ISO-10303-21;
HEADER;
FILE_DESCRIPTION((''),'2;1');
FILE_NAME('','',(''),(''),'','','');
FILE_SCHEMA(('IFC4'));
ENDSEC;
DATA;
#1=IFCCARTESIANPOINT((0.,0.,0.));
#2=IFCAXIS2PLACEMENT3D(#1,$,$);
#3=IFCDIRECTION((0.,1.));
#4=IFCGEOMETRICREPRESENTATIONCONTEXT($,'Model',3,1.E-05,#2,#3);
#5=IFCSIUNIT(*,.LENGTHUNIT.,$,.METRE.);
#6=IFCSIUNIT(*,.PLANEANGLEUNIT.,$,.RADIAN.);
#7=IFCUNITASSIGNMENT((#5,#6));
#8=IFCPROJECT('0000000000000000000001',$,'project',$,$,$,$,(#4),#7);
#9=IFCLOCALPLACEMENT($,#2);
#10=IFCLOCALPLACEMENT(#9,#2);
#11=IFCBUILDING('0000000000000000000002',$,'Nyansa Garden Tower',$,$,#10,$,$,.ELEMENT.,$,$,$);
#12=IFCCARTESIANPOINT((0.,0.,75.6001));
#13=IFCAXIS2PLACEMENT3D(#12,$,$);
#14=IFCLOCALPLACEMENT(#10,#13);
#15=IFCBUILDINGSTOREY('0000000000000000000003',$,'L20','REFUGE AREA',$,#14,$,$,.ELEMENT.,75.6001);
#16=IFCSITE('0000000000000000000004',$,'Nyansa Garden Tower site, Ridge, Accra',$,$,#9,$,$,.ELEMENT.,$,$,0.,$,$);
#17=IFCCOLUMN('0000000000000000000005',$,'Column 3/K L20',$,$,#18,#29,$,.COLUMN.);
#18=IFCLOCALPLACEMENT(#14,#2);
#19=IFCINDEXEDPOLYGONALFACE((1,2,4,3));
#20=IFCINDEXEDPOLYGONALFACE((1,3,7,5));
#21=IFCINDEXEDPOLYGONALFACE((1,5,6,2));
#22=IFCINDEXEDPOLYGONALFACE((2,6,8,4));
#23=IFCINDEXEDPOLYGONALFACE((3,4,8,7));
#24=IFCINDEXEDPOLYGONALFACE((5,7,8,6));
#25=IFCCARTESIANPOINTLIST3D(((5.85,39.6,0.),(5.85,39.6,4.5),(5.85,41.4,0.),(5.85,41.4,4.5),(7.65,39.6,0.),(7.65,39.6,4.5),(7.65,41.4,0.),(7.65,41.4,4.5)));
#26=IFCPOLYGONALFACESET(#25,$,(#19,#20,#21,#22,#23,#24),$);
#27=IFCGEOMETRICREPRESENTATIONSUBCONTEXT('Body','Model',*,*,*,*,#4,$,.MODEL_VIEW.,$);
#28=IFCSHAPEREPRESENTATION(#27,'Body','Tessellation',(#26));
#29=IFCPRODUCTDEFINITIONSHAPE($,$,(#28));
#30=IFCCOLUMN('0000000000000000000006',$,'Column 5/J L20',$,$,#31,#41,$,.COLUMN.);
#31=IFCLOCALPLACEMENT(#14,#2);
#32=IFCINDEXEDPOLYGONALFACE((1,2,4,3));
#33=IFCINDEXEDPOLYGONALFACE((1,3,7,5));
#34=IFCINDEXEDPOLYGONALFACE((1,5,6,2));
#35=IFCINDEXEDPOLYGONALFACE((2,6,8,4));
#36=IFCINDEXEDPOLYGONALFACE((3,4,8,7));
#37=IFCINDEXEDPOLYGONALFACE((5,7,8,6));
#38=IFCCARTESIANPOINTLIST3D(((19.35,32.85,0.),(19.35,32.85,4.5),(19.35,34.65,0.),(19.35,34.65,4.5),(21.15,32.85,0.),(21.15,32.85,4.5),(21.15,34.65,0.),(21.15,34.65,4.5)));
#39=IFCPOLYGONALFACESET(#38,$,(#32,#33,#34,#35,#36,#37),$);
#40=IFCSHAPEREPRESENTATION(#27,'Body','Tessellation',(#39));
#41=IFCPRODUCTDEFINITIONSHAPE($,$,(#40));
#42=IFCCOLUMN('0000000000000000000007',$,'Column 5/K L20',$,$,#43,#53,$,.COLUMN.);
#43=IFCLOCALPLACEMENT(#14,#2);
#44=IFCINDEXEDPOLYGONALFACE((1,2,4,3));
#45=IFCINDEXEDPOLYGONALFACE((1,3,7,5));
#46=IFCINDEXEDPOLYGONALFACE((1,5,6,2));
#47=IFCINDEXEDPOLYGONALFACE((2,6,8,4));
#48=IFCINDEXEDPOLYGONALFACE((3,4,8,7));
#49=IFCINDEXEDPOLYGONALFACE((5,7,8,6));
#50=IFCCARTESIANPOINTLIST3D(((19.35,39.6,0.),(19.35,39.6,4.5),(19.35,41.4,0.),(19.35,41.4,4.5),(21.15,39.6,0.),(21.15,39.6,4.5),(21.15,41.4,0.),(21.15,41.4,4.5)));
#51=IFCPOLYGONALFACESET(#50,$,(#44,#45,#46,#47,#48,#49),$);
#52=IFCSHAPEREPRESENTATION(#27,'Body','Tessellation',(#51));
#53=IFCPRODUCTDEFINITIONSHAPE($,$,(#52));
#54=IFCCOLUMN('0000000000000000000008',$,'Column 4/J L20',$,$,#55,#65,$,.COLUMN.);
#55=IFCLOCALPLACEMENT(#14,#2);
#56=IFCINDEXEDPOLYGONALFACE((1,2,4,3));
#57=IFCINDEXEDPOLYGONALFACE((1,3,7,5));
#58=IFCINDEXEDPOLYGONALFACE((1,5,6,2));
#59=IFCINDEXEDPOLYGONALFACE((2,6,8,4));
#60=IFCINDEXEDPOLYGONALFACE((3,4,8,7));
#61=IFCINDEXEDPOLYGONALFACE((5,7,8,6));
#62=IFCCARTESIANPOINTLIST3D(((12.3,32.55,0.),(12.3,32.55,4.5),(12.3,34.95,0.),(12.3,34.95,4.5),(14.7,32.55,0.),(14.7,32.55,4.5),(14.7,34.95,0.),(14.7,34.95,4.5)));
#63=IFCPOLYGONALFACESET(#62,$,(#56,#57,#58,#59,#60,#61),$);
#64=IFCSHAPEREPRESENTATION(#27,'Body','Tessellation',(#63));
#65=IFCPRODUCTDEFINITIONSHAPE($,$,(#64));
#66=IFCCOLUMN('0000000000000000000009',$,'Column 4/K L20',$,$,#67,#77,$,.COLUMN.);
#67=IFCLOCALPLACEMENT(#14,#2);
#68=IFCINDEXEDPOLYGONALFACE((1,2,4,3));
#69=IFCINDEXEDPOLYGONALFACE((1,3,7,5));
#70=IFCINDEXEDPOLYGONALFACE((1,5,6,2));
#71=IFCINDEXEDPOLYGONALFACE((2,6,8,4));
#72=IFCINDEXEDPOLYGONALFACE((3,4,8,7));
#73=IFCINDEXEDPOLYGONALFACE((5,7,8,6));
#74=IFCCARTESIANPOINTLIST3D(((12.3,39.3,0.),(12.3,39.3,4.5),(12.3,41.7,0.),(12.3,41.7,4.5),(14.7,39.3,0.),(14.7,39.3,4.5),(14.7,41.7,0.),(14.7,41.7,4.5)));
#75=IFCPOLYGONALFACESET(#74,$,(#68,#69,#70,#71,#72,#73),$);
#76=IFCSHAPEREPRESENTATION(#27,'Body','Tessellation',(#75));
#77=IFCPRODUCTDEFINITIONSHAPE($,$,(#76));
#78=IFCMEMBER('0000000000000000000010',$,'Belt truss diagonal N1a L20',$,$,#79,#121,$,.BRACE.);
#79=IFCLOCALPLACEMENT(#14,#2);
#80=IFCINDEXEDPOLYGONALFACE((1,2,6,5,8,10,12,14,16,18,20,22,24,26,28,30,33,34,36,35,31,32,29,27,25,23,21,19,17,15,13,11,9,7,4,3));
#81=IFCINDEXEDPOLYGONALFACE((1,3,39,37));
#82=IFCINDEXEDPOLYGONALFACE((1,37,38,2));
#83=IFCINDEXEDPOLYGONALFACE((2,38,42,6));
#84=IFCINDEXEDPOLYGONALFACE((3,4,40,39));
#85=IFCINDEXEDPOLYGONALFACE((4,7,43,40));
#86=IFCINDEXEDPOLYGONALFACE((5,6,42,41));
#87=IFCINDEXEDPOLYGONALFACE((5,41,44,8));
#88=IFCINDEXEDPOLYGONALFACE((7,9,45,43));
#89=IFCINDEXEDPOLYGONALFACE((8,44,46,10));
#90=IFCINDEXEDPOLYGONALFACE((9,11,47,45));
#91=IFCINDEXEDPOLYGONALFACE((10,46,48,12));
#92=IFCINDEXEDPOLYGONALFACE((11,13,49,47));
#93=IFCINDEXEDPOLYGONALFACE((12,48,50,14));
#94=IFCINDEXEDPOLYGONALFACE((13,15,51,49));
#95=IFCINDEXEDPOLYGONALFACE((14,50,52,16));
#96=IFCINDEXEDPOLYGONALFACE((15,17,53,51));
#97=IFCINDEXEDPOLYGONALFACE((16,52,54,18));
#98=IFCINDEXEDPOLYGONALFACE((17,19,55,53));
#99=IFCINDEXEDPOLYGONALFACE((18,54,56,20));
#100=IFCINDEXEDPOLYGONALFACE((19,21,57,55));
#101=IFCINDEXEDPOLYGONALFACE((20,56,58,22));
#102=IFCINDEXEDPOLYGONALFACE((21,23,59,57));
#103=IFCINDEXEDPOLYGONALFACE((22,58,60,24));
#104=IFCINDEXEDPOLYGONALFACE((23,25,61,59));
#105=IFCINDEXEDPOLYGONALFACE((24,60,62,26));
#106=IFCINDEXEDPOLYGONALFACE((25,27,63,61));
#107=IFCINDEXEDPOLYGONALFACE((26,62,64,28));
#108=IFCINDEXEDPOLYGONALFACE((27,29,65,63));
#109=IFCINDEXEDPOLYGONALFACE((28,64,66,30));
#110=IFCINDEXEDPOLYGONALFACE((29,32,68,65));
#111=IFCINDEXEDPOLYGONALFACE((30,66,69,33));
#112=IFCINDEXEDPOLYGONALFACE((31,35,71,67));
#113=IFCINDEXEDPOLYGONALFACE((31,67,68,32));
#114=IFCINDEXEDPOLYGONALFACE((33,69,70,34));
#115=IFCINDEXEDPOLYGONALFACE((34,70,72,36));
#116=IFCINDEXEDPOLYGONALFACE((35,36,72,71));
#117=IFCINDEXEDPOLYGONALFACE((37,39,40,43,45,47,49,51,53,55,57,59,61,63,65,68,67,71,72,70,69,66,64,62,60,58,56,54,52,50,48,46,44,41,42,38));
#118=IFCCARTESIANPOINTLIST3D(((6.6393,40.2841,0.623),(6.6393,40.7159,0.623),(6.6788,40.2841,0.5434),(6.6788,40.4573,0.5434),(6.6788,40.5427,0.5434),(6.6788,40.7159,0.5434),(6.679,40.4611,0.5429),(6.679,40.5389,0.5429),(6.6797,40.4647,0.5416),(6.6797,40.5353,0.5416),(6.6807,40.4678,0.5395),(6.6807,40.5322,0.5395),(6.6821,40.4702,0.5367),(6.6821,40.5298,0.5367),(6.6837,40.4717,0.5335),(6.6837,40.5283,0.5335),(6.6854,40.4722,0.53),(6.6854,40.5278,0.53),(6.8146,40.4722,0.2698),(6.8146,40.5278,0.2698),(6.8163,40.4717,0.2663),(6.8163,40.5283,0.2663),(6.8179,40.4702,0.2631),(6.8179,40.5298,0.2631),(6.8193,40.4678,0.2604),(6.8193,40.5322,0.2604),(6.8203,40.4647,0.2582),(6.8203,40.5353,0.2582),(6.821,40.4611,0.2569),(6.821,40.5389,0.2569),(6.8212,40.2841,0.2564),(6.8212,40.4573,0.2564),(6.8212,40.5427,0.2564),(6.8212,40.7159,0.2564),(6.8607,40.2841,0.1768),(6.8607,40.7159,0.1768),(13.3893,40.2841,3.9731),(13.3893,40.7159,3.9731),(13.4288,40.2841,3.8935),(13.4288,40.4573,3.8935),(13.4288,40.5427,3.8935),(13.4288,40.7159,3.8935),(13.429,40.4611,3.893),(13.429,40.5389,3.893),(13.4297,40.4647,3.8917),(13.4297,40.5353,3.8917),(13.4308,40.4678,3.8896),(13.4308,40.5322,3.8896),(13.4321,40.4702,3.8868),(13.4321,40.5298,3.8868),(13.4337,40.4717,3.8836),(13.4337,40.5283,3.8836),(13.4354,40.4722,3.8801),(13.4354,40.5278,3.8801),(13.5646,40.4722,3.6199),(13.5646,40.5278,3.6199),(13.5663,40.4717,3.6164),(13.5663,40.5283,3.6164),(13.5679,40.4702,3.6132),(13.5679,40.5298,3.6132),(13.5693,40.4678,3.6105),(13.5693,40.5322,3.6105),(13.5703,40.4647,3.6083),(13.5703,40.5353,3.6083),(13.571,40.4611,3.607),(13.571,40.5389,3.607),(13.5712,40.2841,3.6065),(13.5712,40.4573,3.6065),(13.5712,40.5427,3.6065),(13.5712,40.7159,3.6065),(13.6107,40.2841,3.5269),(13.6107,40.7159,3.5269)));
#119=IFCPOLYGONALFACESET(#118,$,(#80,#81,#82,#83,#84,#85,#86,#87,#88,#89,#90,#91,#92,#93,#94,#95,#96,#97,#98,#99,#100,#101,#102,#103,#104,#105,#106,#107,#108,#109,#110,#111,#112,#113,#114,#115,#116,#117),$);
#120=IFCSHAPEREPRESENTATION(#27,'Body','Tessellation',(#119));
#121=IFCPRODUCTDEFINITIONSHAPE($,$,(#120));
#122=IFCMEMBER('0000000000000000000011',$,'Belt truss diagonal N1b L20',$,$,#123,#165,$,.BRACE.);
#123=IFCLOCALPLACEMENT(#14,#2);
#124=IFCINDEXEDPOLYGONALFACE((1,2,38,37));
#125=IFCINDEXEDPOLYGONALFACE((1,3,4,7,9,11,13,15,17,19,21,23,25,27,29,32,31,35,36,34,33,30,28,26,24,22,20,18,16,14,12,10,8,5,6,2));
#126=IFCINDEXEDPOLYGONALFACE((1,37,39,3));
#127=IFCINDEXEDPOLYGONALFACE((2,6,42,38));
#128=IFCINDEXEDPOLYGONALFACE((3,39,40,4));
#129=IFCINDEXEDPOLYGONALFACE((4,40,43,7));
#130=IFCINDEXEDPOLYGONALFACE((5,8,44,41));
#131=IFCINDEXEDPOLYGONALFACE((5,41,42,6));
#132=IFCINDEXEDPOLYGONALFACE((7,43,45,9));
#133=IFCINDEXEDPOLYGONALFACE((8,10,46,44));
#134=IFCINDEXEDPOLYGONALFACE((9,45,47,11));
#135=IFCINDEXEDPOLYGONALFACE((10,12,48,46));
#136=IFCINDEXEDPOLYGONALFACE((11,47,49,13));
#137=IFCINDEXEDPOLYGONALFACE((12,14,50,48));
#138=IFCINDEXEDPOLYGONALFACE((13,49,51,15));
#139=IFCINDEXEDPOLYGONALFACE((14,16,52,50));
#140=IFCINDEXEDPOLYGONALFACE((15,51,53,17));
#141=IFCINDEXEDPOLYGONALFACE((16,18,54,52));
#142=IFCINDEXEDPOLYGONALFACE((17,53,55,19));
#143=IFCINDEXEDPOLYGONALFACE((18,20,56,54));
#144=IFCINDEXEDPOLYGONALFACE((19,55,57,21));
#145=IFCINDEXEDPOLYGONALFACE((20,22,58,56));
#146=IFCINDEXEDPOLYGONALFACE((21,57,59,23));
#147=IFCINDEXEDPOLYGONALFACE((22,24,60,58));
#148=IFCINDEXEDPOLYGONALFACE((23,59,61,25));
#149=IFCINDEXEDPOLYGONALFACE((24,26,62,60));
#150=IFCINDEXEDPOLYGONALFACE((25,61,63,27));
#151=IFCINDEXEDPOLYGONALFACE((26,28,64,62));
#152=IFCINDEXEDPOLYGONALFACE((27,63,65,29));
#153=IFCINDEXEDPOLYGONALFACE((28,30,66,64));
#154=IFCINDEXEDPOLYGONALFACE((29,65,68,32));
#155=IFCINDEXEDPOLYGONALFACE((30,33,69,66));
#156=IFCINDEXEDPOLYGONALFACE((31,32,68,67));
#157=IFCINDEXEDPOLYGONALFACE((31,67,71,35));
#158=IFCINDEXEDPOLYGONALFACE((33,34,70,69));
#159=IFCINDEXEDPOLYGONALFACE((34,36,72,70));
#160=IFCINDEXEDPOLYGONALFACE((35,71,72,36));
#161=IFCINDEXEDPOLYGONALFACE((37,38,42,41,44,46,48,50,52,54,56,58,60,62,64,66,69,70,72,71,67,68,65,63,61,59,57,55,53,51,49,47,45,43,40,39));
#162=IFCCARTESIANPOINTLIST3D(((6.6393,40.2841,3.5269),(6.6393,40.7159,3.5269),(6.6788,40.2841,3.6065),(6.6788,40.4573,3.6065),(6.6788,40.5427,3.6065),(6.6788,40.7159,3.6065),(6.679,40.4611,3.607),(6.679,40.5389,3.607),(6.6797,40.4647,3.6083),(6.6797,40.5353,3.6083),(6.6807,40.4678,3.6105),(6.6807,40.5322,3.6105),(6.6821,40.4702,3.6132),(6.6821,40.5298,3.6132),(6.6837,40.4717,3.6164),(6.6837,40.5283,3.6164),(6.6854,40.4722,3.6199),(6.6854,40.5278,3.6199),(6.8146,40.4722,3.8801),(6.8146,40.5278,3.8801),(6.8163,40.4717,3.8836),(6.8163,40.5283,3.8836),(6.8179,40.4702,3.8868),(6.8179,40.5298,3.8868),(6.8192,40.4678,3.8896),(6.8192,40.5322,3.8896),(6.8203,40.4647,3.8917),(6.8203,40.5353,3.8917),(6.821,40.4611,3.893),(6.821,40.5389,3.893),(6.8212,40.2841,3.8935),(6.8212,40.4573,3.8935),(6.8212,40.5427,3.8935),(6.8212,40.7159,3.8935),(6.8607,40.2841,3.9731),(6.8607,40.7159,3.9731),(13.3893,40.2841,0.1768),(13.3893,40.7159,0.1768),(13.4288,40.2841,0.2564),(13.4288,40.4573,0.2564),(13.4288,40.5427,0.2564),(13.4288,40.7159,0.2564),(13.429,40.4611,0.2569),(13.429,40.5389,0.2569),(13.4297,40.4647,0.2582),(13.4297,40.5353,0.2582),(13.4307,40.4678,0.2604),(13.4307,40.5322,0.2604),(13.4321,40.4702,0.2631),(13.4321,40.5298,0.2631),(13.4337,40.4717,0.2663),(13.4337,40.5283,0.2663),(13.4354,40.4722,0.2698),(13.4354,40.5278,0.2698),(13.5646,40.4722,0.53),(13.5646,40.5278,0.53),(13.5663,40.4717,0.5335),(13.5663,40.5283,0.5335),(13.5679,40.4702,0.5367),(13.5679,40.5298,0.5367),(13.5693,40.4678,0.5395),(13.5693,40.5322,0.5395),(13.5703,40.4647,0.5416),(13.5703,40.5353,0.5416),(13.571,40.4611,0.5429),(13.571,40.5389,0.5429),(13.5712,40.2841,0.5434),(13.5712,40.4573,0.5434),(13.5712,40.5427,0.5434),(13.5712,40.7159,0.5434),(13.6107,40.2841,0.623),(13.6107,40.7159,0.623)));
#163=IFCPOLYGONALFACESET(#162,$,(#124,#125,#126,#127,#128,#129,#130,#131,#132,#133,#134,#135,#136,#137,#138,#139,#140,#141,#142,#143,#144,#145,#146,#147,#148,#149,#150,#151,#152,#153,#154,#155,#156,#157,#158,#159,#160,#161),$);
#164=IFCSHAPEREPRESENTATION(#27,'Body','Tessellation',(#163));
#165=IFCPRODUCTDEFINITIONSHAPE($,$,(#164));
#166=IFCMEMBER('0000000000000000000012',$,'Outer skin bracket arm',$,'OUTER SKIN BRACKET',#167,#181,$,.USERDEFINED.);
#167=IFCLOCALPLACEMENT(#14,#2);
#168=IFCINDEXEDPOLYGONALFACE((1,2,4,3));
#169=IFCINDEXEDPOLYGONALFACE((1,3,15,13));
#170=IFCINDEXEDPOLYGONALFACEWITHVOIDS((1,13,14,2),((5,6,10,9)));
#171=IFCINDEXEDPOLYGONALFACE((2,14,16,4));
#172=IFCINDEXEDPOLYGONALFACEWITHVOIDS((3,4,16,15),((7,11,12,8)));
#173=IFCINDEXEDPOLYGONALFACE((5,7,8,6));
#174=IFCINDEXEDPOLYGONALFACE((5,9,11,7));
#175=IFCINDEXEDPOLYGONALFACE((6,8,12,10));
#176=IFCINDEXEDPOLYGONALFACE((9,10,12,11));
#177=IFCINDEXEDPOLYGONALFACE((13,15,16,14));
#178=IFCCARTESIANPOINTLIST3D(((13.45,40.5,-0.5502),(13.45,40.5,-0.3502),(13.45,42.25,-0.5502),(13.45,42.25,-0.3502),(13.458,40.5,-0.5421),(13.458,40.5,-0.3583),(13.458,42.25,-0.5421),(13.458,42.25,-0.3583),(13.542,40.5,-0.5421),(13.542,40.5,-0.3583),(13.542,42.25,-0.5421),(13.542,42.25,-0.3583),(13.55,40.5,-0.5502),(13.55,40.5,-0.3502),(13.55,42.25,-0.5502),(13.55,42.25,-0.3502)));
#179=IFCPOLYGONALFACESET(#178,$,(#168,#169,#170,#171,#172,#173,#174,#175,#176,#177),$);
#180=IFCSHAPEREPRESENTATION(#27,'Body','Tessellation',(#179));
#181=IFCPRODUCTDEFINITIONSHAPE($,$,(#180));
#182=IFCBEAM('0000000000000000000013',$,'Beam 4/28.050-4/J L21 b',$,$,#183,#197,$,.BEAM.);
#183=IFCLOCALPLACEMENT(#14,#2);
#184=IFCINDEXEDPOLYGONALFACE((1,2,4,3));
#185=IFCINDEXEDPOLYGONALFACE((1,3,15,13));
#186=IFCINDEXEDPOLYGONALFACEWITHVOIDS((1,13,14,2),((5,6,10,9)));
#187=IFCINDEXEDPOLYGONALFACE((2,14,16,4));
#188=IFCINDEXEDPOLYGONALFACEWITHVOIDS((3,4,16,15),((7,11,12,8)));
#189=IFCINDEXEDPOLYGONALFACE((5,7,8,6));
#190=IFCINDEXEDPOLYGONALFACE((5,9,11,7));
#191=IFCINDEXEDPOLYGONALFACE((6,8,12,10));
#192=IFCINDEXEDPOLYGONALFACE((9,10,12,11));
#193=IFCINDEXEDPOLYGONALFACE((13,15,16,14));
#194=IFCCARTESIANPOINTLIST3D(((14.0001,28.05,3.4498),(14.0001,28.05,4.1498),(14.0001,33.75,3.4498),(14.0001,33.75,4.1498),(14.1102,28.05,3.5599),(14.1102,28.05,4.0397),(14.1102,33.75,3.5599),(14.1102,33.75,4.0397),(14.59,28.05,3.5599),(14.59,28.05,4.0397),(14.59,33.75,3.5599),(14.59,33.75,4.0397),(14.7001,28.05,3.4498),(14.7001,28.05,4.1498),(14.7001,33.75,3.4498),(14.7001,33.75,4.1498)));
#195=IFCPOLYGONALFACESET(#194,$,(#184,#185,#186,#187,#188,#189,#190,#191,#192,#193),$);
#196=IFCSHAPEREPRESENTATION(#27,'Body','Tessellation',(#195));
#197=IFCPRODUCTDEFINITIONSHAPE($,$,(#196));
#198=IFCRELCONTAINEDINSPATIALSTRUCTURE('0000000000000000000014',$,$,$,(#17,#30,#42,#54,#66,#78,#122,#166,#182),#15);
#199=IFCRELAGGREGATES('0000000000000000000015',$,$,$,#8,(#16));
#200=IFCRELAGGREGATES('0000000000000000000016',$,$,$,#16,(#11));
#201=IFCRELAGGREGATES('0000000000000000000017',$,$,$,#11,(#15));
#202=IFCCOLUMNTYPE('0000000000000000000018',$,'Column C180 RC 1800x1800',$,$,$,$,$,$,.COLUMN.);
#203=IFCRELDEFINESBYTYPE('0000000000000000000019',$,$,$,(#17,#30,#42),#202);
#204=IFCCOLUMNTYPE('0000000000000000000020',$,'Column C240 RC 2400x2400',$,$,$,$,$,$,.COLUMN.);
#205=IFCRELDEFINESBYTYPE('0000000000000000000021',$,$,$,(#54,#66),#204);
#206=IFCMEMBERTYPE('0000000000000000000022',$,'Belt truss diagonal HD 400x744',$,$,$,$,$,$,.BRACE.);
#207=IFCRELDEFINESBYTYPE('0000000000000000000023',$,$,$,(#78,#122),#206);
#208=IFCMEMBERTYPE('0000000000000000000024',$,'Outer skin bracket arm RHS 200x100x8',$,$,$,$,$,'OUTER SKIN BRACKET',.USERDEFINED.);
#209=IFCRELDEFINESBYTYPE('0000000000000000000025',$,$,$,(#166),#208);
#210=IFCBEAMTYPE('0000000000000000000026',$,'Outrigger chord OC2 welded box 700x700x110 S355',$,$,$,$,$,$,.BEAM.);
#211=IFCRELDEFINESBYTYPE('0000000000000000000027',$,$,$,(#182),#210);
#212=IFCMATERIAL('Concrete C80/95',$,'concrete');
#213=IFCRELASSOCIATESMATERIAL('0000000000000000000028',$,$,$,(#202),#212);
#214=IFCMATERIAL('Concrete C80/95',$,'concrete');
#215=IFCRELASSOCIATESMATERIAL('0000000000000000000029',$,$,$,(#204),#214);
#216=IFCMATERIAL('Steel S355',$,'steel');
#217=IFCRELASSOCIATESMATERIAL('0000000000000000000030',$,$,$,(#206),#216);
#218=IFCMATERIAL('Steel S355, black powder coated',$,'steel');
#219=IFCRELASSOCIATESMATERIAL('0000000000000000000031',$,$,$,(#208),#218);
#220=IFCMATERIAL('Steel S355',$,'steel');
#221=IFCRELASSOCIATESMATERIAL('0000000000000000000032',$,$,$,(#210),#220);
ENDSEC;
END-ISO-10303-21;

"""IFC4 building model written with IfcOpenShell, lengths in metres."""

from ifc_helpers import new_model, si_unit, direction, frame, origin, origin_2d, place, context, subcontext, project, spatial, rectangle, hollow_rectangle, i_section, extrude, material, material_profile, profile_set, type_object, element, save


model = new_model("IFC4")

# Units and contexts
model_context = context("Model", 3, precision=1e-05, world=origin(), true_north=direction((0.0, 1.0)))
body_context = subcontext(model_context, "Body", "Model", "MODEL_VIEW")
ifc_project = project(units=[si_unit("LENGTHUNIT", "METRE"), si_unit("PLANEANGLEUNIT", "RADIAN")], contexts=[model_context])

# Site, building, storey
site_placement = place(None, origin())
site = spatial("IfcSite", under=ifc_project, at=site_placement, Name="Nyansa Garden Tower site, Ridge, Accra", CompositionType="ELEMENT", RefElevation=0.0)
building_placement = place(site_placement, origin())
building = spatial("IfcBuilding", under=site, at=building_placement, Name="Nyansa Garden Tower", CompositionType="ELEMENT")
storey_placement = place(building_placement, frame((0.0, 0.0, 75.6001)))
storey = spatial("IfcBuildingStorey", under=building, at=storey_placement, Name="L20", Description="REFUGE AREA", CompositionType="ELEMENT", Elevation=75.6001)

# Columns
ifc_material_1 = material(Name="Concrete C80/95", Category="concrete")
ifc_material_profile_1 = material_profile(ifc_material_1, rectangle(XDim=1.8, YDim=1.8, at=origin_2d()), Name="RC 1800x1800")
ifc_profile_set_1 = profile_set([ifc_material_profile_1], Name="Concrete C80/95")
column_type_1 = type_object("IfcColumnType", Name="Column C180 RC 1800x1800", PredefinedType="COLUMN", material=ifc_profile_set_1)
for number, where, z_axis, x_axis, name in (
    (1, (6.75, 40.5, 0.0), (0.0, 0.0, 1.0), (1.0, 0.0, 0.0), "Column 3/K L20"),
    (2, (20.25, 33.75, 0.0), (0.0, 0.0, 1.0), (1.0, 0.0, 0.0), "Column 5/J L20"),
    (3, (20.25, 40.5, 0.0), (0.0, 0.0, 1.0), (1.0, 0.0, 0.0), "Column 5/K L20"),
):
    element("IfcColumn", number, at=place(storey_placement, frame(where, z_axis=z_axis, x_axis=x_axis)), inside=storey, type_object=column_type_1, Name=name, PredefinedType="COLUMN", context=body_context, shape_type="SweptSolid", body=[
        extrude(rectangle(XDim=1.8, YDim=1.8, at=origin_2d()), origin(), (0.0, 0.0, 1.0), 4.5),
    ])
ifc_material_2 = material(Name="Concrete C80/95", Category="concrete")
ifc_material_profile_2 = material_profile(ifc_material_2, rectangle(XDim=2.3999, YDim=2.3999, at=origin_2d()), Name="RC 2400x2400")
ifc_profile_set_2 = profile_set([ifc_material_profile_2], Name="Concrete C80/95")
column_type_2 = type_object("IfcColumnType", Name="Column C240 RC 2400x2400", PredefinedType="COLUMN", material=ifc_profile_set_2)
for number, where, z_axis, x_axis, name in (
    (4, (13.5, 33.75, 0.0), (0.0, 0.0, 1.0), (1.0, 0.0, 0.0), "Column 4/J L20"),
    (5, (13.5, 40.5, 0.0), (0.0, 0.0, 1.0), (1.0, 0.0, 0.0), "Column 4/K L20"),
):
    element("IfcColumn", number, at=place(storey_placement, frame(where, z_axis=z_axis, x_axis=x_axis)), inside=storey, type_object=column_type_2, Name=name, PredefinedType="COLUMN", context=body_context, shape_type="SweptSolid", body=[
        extrude(rectangle(XDim=2.3999, YDim=2.3999, at=origin_2d()), origin(), (0.0, 0.0, 1.0), 4.5),
    ])

# Members
ifc_material_3 = material(Name="Steel S355", Category="steel")
ifc_material_profile_3 = material_profile(ifc_material_3, i_section(OverallWidth=0.4319, OverallDepth=0.498, WebThickness=0.0557, FlangeThickness=0.0889, FilletRadius=0.0149, at=origin_2d()), Name="HD 400x744")
ifc_profile_set_3 = profile_set([ifc_material_profile_3], Name="Steel S355")
member_type_1 = type_object("IfcMemberType", Name="Belt truss diagonal HD 400x744", PredefinedType="BRACE", material=ifc_profile_set_3)
for number, where, z_axis, x_axis, name in (
    (6, (6.75, 40.5, 0.3999), (0.895745, 0.0, 0.444568), (0.0, 1.0, 0.0), "Belt truss diagonal N1a L20"),
    (7, (13.5, 40.5, 0.3999), (-0.895745, 0.0, 0.444568), (0.0, -1.0, 0.0), "Belt truss diagonal N1b L20"),
):
    element("IfcMember", number, at=place(storey_placement, frame(where, z_axis=z_axis, x_axis=x_axis)), inside=storey, type_object=member_type_1, Name=name, PredefinedType="BRACE", context=body_context, shape_type="SweptSolid", body=[
        extrude(i_section(OverallWidth=0.4319, OverallDepth=0.498, WebThickness=0.0557, FlangeThickness=0.0889, FilletRadius=0.0149, at=origin_2d()), origin(), (0.0, 0.0, 1.0), 7.5356),
    ])
ifc_material_4 = material(Name="Steel S355, black powder coated", Category="steel")
ifc_material_profile_4 = material_profile(ifc_material_4, hollow_rectangle(XDim=0.1001, YDim=0.2, WallThickness=0.0081, at=origin_2d()), Name="RHS 200x100x8")
ifc_profile_set_4 = profile_set([ifc_material_profile_4], Name="Steel S355, black powder coated")
member_type_2 = type_object("IfcMemberType", Name="Outer skin bracket arm RHS 200x100x8", ElementType="OUTER SKIN BRACKET", PredefinedType="USERDEFINED", material=ifc_profile_set_4)
member_1_placement = place(storey_placement, frame((13.5, 40.5, -0.4502), z_axis=(0.0, 1.0, 0.0), x_axis=(-1.0, 0.0, 0.0)))
element("IfcMember", 8, at=member_1_placement, inside=storey, type_object=member_type_2, Name="Outer skin bracket arm", ObjectType="OUTER SKIN BRACKET", PredefinedType="USERDEFINED", context=body_context, shape_type="SweptSolid", body=[
    extrude(hollow_rectangle(XDim=0.1001, YDim=0.2, WallThickness=0.0081, at=origin_2d()), origin(), (0.0, 0.0, 1.0), 1.75),
])

# Beam
ifc_material_5 = material(Name="Steel S355", Category="steel")
ifc_material_profile_5 = material_profile(ifc_material_5, hollow_rectangle(XDim=0.7, YDim=0.7, WallThickness=0.1101, at=origin_2d()), Name="Welded box 700x700x110")
ifc_profile_set_5 = profile_set([ifc_material_profile_5], Name="Steel S355")
beam_type_1 = type_object("IfcBeamType", Name="Outrigger chord OC2 welded box 700x700x110 S355", PredefinedType="BEAM", material=ifc_profile_set_5)
beam_1_placement = place(storey_placement, frame((14.3501, 28.05, 3.7998), z_axis=(0.0, 1.0, 0.0), x_axis=(-1.0, 0.0, 0.0)))
element("IfcBeam", 9, at=beam_1_placement, inside=storey, type_object=beam_type_1, Name="Beam 4/28.050-4/J L21 b", PredefinedType="BEAM", context=body_context, shape_type="SweptSolid", body=[
    extrude(hollow_rectangle(XDim=0.7, YDim=0.7, WallThickness=0.1101, at=origin_2d()), origin(), (0.0, 0.0, 1.0), 5.7),
])

save(model, "model.ifc")
